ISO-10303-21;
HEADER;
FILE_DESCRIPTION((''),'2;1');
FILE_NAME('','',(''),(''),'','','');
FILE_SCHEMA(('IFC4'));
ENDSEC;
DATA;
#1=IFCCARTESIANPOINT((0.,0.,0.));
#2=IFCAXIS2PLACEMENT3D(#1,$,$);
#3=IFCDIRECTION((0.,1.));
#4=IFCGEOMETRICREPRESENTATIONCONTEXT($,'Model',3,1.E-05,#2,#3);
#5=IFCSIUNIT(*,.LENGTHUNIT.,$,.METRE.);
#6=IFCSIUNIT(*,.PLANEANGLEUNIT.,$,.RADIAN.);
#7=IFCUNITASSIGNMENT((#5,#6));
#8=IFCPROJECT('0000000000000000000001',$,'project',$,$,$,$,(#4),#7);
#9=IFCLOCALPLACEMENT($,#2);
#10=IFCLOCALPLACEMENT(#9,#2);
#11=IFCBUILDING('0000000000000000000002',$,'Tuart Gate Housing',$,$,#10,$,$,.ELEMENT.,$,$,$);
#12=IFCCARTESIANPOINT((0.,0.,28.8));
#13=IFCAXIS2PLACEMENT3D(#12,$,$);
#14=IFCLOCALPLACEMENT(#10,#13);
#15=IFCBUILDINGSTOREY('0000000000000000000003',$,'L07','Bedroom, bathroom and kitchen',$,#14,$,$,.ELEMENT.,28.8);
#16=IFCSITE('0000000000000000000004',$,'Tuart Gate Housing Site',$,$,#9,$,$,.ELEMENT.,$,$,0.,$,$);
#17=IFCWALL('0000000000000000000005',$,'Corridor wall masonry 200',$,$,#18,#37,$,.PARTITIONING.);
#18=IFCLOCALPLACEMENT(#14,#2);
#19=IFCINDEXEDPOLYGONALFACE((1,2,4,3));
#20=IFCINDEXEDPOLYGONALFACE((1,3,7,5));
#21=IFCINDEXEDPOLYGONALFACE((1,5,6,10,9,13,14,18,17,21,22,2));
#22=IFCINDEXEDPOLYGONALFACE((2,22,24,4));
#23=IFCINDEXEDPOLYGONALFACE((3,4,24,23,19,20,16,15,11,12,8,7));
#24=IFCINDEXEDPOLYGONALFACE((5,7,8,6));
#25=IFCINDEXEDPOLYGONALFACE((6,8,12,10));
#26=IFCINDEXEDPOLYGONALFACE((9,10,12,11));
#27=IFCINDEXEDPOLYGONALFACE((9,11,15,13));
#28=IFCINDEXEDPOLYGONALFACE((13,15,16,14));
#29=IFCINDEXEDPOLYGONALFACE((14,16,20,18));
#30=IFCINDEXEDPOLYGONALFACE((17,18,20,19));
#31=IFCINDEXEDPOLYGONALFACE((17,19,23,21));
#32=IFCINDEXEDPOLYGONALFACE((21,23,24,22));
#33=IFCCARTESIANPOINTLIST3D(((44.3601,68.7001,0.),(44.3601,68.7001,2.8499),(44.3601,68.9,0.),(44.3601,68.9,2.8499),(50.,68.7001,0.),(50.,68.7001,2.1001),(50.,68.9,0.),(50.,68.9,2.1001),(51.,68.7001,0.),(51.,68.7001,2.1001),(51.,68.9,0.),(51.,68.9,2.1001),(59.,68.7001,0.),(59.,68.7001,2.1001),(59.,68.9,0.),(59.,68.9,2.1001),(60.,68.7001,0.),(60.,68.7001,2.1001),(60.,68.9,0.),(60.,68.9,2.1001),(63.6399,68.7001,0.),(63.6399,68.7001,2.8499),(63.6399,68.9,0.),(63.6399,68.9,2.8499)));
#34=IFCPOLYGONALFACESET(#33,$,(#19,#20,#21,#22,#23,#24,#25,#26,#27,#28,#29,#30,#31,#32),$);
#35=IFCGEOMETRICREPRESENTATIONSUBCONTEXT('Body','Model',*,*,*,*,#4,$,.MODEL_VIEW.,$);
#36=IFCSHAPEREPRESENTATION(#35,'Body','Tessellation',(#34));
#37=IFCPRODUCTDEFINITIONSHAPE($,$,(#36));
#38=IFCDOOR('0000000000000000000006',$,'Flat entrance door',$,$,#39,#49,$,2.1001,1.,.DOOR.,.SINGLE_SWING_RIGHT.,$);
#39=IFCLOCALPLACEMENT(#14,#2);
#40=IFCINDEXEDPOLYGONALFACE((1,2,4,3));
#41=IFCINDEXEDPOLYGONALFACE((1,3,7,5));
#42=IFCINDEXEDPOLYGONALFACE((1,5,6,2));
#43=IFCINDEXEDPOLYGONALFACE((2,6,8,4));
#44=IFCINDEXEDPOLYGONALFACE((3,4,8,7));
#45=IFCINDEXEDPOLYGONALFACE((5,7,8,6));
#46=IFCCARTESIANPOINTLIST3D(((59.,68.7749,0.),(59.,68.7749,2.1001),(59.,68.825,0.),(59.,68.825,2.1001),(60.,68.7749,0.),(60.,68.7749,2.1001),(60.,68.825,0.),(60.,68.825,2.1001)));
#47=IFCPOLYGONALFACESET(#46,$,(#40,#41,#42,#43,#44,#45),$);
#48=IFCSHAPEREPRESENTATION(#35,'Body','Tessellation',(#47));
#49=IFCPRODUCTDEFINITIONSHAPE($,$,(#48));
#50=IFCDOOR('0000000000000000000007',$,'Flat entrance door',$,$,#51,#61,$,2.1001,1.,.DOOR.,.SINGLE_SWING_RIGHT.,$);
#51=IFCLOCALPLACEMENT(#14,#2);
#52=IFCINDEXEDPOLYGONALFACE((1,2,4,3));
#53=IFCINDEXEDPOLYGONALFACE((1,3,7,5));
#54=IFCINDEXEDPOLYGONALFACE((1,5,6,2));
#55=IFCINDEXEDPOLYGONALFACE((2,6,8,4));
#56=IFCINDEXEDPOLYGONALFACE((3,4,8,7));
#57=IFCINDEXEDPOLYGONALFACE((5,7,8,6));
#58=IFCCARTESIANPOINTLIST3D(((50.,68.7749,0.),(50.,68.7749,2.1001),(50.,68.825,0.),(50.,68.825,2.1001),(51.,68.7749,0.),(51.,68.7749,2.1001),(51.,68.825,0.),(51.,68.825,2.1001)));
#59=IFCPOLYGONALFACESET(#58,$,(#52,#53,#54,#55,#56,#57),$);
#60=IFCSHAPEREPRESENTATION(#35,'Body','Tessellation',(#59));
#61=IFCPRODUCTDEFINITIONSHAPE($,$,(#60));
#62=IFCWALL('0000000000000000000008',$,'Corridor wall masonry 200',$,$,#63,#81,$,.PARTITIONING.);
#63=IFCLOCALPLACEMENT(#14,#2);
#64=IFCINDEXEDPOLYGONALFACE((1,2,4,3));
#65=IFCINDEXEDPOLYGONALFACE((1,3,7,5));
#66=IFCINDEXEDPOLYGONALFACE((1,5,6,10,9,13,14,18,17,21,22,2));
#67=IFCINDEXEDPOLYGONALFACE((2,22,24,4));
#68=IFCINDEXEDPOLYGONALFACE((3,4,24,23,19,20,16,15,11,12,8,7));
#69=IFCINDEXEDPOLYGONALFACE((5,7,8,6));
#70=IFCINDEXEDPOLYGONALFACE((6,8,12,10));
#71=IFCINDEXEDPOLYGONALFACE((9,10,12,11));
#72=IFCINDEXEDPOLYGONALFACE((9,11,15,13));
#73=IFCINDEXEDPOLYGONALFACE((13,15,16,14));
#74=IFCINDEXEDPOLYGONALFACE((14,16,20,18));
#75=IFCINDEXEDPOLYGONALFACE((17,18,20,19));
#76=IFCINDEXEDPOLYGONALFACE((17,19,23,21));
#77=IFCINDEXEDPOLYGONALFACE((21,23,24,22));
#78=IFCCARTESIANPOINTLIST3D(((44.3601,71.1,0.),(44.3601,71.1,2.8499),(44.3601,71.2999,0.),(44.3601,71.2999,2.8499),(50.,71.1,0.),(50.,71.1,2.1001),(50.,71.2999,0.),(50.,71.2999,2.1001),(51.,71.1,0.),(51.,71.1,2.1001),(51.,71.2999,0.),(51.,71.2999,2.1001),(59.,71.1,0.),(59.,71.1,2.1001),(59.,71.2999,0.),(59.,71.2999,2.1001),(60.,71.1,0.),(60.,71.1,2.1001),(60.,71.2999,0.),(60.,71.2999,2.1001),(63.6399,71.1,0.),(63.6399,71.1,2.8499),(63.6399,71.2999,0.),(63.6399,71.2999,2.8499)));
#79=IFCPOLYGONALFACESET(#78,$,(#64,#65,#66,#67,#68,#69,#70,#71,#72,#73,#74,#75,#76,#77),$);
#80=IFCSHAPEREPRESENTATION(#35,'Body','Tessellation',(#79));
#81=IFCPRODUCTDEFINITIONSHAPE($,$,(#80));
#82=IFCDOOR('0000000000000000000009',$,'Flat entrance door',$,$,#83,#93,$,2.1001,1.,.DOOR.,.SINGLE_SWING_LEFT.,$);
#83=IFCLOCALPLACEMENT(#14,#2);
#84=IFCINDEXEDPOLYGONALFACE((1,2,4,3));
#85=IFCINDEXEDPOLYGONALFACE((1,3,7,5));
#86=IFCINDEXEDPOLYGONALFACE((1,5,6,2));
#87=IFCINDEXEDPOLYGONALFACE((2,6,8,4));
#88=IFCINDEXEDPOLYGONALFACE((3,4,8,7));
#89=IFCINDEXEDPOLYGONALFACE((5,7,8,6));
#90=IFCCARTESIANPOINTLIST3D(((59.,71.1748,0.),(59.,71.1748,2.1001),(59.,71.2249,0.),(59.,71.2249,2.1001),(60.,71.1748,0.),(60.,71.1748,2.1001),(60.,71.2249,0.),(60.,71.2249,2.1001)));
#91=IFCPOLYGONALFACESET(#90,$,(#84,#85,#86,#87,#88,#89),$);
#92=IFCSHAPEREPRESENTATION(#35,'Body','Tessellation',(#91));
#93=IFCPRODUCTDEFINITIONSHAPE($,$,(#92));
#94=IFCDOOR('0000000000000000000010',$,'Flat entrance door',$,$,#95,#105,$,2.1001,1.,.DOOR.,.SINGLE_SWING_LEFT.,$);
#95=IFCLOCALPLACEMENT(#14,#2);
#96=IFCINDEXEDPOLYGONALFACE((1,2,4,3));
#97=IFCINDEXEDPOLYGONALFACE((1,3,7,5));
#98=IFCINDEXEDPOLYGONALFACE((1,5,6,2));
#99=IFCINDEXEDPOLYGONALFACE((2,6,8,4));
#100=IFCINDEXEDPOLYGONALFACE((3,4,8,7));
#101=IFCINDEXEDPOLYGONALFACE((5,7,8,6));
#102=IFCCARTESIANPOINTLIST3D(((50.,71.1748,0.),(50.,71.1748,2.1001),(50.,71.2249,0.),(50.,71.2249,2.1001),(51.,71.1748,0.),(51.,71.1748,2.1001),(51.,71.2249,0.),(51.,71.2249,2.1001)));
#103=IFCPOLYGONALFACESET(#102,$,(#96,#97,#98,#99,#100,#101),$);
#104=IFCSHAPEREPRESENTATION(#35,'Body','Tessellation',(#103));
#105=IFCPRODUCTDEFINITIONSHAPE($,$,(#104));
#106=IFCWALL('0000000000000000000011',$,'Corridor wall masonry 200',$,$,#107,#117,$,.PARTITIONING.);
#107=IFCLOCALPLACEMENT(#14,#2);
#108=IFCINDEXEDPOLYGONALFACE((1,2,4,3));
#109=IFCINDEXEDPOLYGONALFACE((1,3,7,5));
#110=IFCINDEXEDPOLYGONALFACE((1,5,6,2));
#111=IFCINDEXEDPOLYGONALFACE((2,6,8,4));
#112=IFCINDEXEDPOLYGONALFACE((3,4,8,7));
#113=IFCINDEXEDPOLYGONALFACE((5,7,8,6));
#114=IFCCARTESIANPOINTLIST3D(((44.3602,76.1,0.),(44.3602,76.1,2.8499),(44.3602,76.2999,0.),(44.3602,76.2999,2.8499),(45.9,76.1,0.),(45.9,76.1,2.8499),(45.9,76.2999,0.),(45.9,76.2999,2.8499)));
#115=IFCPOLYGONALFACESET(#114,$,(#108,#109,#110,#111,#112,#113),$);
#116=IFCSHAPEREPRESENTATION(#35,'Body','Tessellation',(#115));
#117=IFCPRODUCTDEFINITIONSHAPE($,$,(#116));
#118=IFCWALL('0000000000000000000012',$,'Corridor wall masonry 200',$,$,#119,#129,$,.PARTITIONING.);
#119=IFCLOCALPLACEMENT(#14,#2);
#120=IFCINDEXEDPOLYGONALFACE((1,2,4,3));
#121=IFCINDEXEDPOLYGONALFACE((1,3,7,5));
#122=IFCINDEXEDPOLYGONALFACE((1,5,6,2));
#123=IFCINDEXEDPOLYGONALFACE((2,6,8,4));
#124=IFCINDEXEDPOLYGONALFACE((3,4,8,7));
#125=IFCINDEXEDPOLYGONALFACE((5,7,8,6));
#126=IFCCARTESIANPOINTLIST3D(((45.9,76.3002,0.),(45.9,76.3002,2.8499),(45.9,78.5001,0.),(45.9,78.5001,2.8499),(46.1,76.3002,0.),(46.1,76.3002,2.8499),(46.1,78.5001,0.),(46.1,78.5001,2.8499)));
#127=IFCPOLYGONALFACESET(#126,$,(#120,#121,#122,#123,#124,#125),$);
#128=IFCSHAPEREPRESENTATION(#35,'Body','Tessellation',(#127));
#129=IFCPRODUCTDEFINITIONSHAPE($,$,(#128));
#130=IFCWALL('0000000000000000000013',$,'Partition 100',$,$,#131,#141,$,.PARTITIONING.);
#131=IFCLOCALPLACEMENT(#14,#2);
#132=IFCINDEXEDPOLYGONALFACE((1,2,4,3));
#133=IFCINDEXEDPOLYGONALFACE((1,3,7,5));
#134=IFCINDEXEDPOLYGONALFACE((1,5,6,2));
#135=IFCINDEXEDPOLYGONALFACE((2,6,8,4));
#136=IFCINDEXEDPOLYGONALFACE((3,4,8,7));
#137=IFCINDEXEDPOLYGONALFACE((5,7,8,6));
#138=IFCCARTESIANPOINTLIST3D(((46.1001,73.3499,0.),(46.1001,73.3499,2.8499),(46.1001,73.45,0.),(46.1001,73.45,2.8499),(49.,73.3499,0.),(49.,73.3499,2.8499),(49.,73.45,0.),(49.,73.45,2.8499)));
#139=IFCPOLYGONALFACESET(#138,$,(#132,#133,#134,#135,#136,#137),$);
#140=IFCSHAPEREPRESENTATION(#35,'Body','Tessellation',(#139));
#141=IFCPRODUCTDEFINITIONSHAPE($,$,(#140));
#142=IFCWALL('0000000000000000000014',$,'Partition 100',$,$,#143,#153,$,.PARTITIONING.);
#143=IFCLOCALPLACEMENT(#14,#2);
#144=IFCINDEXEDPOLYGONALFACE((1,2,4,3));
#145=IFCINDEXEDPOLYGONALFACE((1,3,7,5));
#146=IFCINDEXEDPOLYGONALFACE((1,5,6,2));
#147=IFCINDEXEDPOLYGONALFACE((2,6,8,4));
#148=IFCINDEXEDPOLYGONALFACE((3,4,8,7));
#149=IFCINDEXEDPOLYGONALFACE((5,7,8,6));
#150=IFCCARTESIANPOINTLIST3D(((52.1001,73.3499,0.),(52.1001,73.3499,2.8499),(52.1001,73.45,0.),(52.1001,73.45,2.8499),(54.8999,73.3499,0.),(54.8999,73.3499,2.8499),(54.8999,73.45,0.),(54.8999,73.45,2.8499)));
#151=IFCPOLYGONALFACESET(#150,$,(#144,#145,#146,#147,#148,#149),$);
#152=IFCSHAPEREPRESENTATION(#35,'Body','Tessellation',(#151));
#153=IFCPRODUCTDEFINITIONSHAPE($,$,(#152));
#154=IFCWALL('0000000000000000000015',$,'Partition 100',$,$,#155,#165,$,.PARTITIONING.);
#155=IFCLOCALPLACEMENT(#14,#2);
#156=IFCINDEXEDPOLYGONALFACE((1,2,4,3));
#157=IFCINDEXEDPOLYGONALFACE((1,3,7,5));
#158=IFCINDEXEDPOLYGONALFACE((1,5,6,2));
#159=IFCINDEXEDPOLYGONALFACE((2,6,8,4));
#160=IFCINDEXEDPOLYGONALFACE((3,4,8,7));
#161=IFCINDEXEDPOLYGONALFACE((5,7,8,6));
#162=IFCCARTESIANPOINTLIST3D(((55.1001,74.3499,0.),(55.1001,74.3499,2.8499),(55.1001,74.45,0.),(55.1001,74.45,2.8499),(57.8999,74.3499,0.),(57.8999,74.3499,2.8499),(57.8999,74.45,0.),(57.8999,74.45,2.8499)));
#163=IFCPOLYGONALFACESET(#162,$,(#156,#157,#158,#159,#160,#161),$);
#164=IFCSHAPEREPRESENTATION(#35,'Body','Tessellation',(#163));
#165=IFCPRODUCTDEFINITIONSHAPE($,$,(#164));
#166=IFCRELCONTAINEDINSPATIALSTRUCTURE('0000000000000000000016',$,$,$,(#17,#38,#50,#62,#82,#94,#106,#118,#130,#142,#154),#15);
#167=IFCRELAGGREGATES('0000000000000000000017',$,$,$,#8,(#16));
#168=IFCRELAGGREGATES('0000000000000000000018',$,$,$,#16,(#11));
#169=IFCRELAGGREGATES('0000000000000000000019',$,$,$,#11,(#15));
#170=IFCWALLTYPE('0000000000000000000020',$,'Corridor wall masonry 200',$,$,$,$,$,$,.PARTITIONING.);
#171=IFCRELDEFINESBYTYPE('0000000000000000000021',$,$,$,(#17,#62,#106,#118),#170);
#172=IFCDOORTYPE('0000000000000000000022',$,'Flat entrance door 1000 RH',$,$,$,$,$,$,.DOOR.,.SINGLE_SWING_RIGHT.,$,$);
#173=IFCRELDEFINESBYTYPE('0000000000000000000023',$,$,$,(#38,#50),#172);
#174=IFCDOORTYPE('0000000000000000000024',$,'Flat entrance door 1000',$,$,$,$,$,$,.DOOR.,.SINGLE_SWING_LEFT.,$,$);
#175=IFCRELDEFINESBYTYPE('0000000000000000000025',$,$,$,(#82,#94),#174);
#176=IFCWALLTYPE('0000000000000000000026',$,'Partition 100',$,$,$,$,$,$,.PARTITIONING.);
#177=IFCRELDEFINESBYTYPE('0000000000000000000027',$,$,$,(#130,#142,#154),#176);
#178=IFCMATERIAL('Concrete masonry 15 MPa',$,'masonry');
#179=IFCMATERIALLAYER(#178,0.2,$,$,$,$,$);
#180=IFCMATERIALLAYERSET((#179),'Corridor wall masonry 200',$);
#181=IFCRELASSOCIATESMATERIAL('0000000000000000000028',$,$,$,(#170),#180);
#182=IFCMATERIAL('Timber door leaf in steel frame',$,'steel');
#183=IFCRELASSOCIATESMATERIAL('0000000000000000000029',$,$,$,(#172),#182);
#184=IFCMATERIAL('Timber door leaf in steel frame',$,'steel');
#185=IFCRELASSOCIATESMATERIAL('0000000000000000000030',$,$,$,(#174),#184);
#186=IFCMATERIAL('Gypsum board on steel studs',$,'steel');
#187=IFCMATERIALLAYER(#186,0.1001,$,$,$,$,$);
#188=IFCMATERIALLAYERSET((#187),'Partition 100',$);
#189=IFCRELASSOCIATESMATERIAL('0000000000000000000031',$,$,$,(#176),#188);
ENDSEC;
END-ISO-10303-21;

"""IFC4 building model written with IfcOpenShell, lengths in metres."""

from ifc_helpers import new_model, si_unit, direction, frame, frame_2d, origin, place, context, subcontext, project, spatial, rectangle, extrude, material, layer, layer_set, type_object, element, fill, save


model = new_model("IFC4")

# Units and contexts
model_context = context("Model", 3, precision=1e-05, world=origin(), true_north=direction((0.0, 1.0)))
body_context = subcontext(model_context, "Body", "Model", "MODEL_VIEW")
ifc_project = project(units=[si_unit("LENGTHUNIT", "METRE"), si_unit("PLANEANGLEUNIT", "RADIAN")], contexts=[model_context])

# Site, building, storey
site_placement = place(None, origin())
site = spatial("IfcSite", under=ifc_project, at=site_placement, Name="Tuart Gate Housing Site", CompositionType="ELEMENT", RefElevation=0.0)
building_placement = place(site_placement, origin())
building = spatial("IfcBuilding", under=site, at=building_placement, Name="Tuart Gate Housing", CompositionType="ELEMENT")
storey_placement = place(building_placement, frame((0.0, 0.0, 28.8)))
storey = spatial("IfcBuildingStorey", under=building, at=storey_placement, Name="L07", Description="Bedroom, bathroom and kitchen", CompositionType="ELEMENT", Elevation=28.8)

# Walls, openings, doors
ifc_material_1 = material(Name="Concrete masonry 15 MPa", Category="masonry")
ifc_layer_1 = layer(ifc_material_1, 0.2)
ifc_layer_set_1 = layer_set([ifc_layer_1], Name="Corridor wall masonry 200")
wall_type_1 = type_object("IfcWallType", Name="Corridor wall masonry 200", PredefinedType="PARTITIONING", material=ifc_layer_set_1)
wall_1_placement = place(storey_placement, frame((44.3601, 68.8, 0.0), z_axis=(0.0, 0.0, 1.0), x_axis=(1.0, 0.0, 0.0)))
wall_1 = element("IfcWall", 1, at=wall_1_placement, inside=storey, type_object=wall_type_1, Name="Corridor wall masonry 200", PredefinedType="PARTITIONING", context=body_context, shape_type="SweptSolid", body=[
    extrude(rectangle(XDim=19.2798, YDim=0.2, at=frame_2d((9.6399, 0.0))), origin(), (0.0, 0.0, 1.0), 2.8499),
])
opening_1_placement = place(wall_1_placement, frame((14.6399, 0.0, 0.0)))
opening_1 = element("IfcOpeningElement", 2, at=opening_1_placement, cuts=wall_1, PredefinedType="OPENING", context=body_context, shape_type="SweptSolid", body=[
    extrude(rectangle(XDim=1.0, YDim=2.1001, at=frame_2d((0.5, 1.05))), frame((0.0, 0.1099, 0.0), z_axis=(0.0, -1.0, 0.0), x_axis=(1.0, 0.0, 0.0)), (0.0, 0.0, 1.0), 0.22),
])
opening_2_placement = place(wall_1_placement, frame((5.6399, 0.0, 0.0)))
opening_2 = element("IfcOpeningElement", 3, at=opening_2_placement, cuts=wall_1, PredefinedType="OPENING", context=body_context, shape_type="SweptSolid", body=[
    extrude(rectangle(XDim=1.0, YDim=2.1001, at=frame_2d((0.5, 1.05))), frame((0.0, 0.1099, 0.0), z_axis=(0.0, -1.0, 0.0), x_axis=(1.0, 0.0, 0.0)), (0.0, 0.0, 1.0), 0.22),
])
ifc_material_2 = material(Name="Timber door leaf in steel frame", Category="steel")
door_type_1 = type_object("IfcDoorType", Name="Flat entrance door 1000 RH", OperationType="SINGLE_SWING_RIGHT", PredefinedType="DOOR", material=ifc_material_2)
door_1_placement = place(opening_1_placement, frame((1.0, 0.0, 0.0), z_axis=(0.0, 0.0, 1.0), x_axis=(-1.0, 0.0, 0.0)))
door_1 = element("IfcDoor", 4, at=door_1_placement, inside=storey, type_object=door_type_1, Name="Flat entrance door", OperationType="SINGLE_SWING_RIGHT", OverallHeight=2.1001, OverallWidth=1.0, PredefinedType="DOOR", context=body_context, shape_type="SweptSolid", body=[
    extrude(rectangle(XDim=1.0, YDim=2.1001, at=frame_2d((0.5, 1.05))), frame((0.0, 0.0251, 0.0), z_axis=(0.0, -1.0, 0.0), x_axis=(1.0, 0.0, 0.0)), (0.0, 0.0, 1.0), 0.05),
])
fill(opening_1, door_1)
door_2_placement = place(opening_2_placement, frame((1.0, 0.0, 0.0), z_axis=(0.0, 0.0, 1.0), x_axis=(-1.0, 0.0, 0.0)))
door_2 = element("IfcDoor", 5, at=door_2_placement, inside=storey, type_object=door_type_1, Name="Flat entrance door", OperationType="SINGLE_SWING_RIGHT", OverallHeight=2.1001, OverallWidth=1.0, PredefinedType="DOOR", context=body_context, shape_type="SweptSolid", body=[
    extrude(rectangle(XDim=1.0, YDim=2.1001, at=frame_2d((0.5, 1.05))), frame((0.0, 0.0251, 0.0), z_axis=(0.0, -1.0, 0.0), x_axis=(1.0, 0.0, 0.0)), (0.0, 0.0, 1.0), 0.05),
])
fill(opening_2, door_2)
wall_2_placement = place(storey_placement, frame((44.3601, 71.2, 0.0), z_axis=(0.0, 0.0, 1.0), x_axis=(1.0, 0.0, 0.0)))
wall_2 = element("IfcWall", 6, at=wall_2_placement, inside=storey, type_object=wall_type_1, Name="Corridor wall masonry 200", PredefinedType="PARTITIONING", context=body_context, shape_type="SweptSolid", body=[
    extrude(rectangle(XDim=19.2798, YDim=0.2, at=frame_2d((9.6399, 0.0))), origin(), (0.0, 0.0, 1.0), 2.8499),
])
opening_3_placement = place(wall_2_placement, frame((14.6399, 0.0, 0.0)))
opening_3 = element("IfcOpeningElement", 7, at=opening_3_placement, cuts=wall_2, PredefinedType="OPENING", context=body_context, shape_type="SweptSolid", body=[
    extrude(rectangle(XDim=1.0, YDim=2.1001, at=frame_2d((0.5, 1.05))), frame((0.0, 0.1099, 0.0), z_axis=(0.0, -1.0, 0.0), x_axis=(1.0, 0.0, 0.0)), (0.0, 0.0, 1.0), 0.22),
])
opening_4_placement = place(wall_2_placement, frame((5.6399, 0.0, 0.0)))
opening_4 = element("IfcOpeningElement", 8, at=opening_4_placement, cuts=wall_2, PredefinedType="OPENING", context=body_context, shape_type="SweptSolid", body=[
    extrude(rectangle(XDim=1.0, YDim=2.1001, at=frame_2d((0.5, 1.05))), frame((0.0, 0.1099, 0.0), z_axis=(0.0, -1.0, 0.0), x_axis=(1.0, 0.0, 0.0)), (0.0, 0.0, 1.0), 0.22),
])
ifc_material_3 = material(Name="Timber door leaf in steel frame", Category="steel")
door_type_2 = type_object("IfcDoorType", Name="Flat entrance door 1000", OperationType="SINGLE_SWING_LEFT", PredefinedType="DOOR", material=ifc_material_3)
door_3_placement = place(opening_3_placement, origin())
door_3 = element("IfcDoor", 9, at=door_3_placement, inside=storey, type_object=door_type_2, Name="Flat entrance door", OperationType="SINGLE_SWING_LEFT", OverallHeight=2.1001, OverallWidth=1.0, PredefinedType="DOOR", context=body_context, shape_type="SweptSolid", body=[
    extrude(rectangle(XDim=1.0, YDim=2.1001, at=frame_2d((0.5, 1.05))), frame((0.0, 0.0249, 0.0), z_axis=(0.0, -1.0, 0.0), x_axis=(1.0, 0.0, 0.0)), (0.0, 0.0, 1.0), 0.05),
])
fill(opening_3, door_3)
door_4_placement = place(opening_4_placement, origin())
door_4 = element("IfcDoor", 10, at=door_4_placement, inside=storey, type_object=door_type_2, Name="Flat entrance door", OperationType="SINGLE_SWING_LEFT", OverallHeight=2.1001, OverallWidth=1.0, PredefinedType="DOOR", context=body_context, shape_type="SweptSolid", body=[
    extrude(rectangle(XDim=1.0, YDim=2.1001, at=frame_2d((0.5, 1.05))), frame((0.0, 0.0249, 0.0), z_axis=(0.0, -1.0, 0.0), x_axis=(1.0, 0.0, 0.0)), (0.0, 0.0, 1.0), 0.05),
])
fill(opening_4, door_4)

# Walls
wall_3_placement = place(storey_placement, frame((44.3601, 76.2, 0.0), z_axis=(0.0, 0.0, 1.0), x_axis=(1.0, 0.0, 0.0)))
element("IfcWall", 11, at=wall_3_placement, inside=storey, type_object=wall_type_1, Name="Corridor wall masonry 200", PredefinedType="PARTITIONING", context=body_context, shape_type="SweptSolid", body=[
    extrude(rectangle(XDim=1.5398, YDim=0.2, at=frame_2d((0.77, 0.0))), origin(), (0.0, 0.0, 1.0), 2.8499),
])
wall_4_placement = place(storey_placement, frame((46.0, 76.3, 0.0), z_axis=(0.0, 0.0, 1.0), x_axis=(0.0, 1.0, 0.0)))
element("IfcWall", 12, at=wall_4_placement, inside=storey, type_object=wall_type_1, Name="Corridor wall masonry 200", PredefinedType="PARTITIONING", context=body_context, shape_type="SweptSolid", body=[
    extrude(rectangle(XDim=2.2, YDim=0.2, at=frame_2d((1.1001, 0.0))), origin(), (0.0, 0.0, 1.0), 2.8499),
])
ifc_material_4 = material(Name="Gypsum board on steel studs", Category="steel")
ifc_layer_2 = layer(ifc_material_4, 0.1001)
ifc_layer_set_2 = layer_set([ifc_layer_2], Name="Partition 100")
wall_type_2 = type_object("IfcWallType", Name="Partition 100", PredefinedType="PARTITIONING", material=ifc_layer_set_2)
wall_5_placement = place(storey_placement, frame((46.1001, 73.3999, 0.0), z_axis=(0.0, 0.0, 1.0), x_axis=(1.0, 0.0, 0.0)))
element("IfcWall", 13, at=wall_5_placement, inside=storey, type_object=wall_type_2, Name="Partition 100", PredefinedType="PARTITIONING", context=body_context, shape_type="SweptSolid", body=[
    extrude(rectangle(XDim=2.8999, YDim=0.1001, at=frame_2d((1.45, 0.0))), origin(), (0.0, 0.0, 1.0), 2.8499),
])
for number, where, z_axis, x_axis, name in (
    (14, (52.1001, 73.3999, 0.0), (0.0, 0.0, 1.0), (1.0, 0.0, 0.0), "Partition 100"),
    (15, (55.1001, 74.3999, 0.0), (0.0, 0.0, 1.0), (1.0, 0.0, 0.0), "Partition 100"),
):
    element("IfcWall", number, at=place(storey_placement, frame(where, z_axis=z_axis, x_axis=x_axis)), inside=storey, type_object=wall_type_2, Name=name, PredefinedType="PARTITIONING", context=body_context, shape_type="SweptSolid", body=[
        extrude(rectangle(XDim=2.7998, YDim=0.1001, at=frame_2d((1.3999, 0.0))), origin(), (0.0, 0.0, 1.0), 2.8499),
    ])

save(model, "model.ifc")
